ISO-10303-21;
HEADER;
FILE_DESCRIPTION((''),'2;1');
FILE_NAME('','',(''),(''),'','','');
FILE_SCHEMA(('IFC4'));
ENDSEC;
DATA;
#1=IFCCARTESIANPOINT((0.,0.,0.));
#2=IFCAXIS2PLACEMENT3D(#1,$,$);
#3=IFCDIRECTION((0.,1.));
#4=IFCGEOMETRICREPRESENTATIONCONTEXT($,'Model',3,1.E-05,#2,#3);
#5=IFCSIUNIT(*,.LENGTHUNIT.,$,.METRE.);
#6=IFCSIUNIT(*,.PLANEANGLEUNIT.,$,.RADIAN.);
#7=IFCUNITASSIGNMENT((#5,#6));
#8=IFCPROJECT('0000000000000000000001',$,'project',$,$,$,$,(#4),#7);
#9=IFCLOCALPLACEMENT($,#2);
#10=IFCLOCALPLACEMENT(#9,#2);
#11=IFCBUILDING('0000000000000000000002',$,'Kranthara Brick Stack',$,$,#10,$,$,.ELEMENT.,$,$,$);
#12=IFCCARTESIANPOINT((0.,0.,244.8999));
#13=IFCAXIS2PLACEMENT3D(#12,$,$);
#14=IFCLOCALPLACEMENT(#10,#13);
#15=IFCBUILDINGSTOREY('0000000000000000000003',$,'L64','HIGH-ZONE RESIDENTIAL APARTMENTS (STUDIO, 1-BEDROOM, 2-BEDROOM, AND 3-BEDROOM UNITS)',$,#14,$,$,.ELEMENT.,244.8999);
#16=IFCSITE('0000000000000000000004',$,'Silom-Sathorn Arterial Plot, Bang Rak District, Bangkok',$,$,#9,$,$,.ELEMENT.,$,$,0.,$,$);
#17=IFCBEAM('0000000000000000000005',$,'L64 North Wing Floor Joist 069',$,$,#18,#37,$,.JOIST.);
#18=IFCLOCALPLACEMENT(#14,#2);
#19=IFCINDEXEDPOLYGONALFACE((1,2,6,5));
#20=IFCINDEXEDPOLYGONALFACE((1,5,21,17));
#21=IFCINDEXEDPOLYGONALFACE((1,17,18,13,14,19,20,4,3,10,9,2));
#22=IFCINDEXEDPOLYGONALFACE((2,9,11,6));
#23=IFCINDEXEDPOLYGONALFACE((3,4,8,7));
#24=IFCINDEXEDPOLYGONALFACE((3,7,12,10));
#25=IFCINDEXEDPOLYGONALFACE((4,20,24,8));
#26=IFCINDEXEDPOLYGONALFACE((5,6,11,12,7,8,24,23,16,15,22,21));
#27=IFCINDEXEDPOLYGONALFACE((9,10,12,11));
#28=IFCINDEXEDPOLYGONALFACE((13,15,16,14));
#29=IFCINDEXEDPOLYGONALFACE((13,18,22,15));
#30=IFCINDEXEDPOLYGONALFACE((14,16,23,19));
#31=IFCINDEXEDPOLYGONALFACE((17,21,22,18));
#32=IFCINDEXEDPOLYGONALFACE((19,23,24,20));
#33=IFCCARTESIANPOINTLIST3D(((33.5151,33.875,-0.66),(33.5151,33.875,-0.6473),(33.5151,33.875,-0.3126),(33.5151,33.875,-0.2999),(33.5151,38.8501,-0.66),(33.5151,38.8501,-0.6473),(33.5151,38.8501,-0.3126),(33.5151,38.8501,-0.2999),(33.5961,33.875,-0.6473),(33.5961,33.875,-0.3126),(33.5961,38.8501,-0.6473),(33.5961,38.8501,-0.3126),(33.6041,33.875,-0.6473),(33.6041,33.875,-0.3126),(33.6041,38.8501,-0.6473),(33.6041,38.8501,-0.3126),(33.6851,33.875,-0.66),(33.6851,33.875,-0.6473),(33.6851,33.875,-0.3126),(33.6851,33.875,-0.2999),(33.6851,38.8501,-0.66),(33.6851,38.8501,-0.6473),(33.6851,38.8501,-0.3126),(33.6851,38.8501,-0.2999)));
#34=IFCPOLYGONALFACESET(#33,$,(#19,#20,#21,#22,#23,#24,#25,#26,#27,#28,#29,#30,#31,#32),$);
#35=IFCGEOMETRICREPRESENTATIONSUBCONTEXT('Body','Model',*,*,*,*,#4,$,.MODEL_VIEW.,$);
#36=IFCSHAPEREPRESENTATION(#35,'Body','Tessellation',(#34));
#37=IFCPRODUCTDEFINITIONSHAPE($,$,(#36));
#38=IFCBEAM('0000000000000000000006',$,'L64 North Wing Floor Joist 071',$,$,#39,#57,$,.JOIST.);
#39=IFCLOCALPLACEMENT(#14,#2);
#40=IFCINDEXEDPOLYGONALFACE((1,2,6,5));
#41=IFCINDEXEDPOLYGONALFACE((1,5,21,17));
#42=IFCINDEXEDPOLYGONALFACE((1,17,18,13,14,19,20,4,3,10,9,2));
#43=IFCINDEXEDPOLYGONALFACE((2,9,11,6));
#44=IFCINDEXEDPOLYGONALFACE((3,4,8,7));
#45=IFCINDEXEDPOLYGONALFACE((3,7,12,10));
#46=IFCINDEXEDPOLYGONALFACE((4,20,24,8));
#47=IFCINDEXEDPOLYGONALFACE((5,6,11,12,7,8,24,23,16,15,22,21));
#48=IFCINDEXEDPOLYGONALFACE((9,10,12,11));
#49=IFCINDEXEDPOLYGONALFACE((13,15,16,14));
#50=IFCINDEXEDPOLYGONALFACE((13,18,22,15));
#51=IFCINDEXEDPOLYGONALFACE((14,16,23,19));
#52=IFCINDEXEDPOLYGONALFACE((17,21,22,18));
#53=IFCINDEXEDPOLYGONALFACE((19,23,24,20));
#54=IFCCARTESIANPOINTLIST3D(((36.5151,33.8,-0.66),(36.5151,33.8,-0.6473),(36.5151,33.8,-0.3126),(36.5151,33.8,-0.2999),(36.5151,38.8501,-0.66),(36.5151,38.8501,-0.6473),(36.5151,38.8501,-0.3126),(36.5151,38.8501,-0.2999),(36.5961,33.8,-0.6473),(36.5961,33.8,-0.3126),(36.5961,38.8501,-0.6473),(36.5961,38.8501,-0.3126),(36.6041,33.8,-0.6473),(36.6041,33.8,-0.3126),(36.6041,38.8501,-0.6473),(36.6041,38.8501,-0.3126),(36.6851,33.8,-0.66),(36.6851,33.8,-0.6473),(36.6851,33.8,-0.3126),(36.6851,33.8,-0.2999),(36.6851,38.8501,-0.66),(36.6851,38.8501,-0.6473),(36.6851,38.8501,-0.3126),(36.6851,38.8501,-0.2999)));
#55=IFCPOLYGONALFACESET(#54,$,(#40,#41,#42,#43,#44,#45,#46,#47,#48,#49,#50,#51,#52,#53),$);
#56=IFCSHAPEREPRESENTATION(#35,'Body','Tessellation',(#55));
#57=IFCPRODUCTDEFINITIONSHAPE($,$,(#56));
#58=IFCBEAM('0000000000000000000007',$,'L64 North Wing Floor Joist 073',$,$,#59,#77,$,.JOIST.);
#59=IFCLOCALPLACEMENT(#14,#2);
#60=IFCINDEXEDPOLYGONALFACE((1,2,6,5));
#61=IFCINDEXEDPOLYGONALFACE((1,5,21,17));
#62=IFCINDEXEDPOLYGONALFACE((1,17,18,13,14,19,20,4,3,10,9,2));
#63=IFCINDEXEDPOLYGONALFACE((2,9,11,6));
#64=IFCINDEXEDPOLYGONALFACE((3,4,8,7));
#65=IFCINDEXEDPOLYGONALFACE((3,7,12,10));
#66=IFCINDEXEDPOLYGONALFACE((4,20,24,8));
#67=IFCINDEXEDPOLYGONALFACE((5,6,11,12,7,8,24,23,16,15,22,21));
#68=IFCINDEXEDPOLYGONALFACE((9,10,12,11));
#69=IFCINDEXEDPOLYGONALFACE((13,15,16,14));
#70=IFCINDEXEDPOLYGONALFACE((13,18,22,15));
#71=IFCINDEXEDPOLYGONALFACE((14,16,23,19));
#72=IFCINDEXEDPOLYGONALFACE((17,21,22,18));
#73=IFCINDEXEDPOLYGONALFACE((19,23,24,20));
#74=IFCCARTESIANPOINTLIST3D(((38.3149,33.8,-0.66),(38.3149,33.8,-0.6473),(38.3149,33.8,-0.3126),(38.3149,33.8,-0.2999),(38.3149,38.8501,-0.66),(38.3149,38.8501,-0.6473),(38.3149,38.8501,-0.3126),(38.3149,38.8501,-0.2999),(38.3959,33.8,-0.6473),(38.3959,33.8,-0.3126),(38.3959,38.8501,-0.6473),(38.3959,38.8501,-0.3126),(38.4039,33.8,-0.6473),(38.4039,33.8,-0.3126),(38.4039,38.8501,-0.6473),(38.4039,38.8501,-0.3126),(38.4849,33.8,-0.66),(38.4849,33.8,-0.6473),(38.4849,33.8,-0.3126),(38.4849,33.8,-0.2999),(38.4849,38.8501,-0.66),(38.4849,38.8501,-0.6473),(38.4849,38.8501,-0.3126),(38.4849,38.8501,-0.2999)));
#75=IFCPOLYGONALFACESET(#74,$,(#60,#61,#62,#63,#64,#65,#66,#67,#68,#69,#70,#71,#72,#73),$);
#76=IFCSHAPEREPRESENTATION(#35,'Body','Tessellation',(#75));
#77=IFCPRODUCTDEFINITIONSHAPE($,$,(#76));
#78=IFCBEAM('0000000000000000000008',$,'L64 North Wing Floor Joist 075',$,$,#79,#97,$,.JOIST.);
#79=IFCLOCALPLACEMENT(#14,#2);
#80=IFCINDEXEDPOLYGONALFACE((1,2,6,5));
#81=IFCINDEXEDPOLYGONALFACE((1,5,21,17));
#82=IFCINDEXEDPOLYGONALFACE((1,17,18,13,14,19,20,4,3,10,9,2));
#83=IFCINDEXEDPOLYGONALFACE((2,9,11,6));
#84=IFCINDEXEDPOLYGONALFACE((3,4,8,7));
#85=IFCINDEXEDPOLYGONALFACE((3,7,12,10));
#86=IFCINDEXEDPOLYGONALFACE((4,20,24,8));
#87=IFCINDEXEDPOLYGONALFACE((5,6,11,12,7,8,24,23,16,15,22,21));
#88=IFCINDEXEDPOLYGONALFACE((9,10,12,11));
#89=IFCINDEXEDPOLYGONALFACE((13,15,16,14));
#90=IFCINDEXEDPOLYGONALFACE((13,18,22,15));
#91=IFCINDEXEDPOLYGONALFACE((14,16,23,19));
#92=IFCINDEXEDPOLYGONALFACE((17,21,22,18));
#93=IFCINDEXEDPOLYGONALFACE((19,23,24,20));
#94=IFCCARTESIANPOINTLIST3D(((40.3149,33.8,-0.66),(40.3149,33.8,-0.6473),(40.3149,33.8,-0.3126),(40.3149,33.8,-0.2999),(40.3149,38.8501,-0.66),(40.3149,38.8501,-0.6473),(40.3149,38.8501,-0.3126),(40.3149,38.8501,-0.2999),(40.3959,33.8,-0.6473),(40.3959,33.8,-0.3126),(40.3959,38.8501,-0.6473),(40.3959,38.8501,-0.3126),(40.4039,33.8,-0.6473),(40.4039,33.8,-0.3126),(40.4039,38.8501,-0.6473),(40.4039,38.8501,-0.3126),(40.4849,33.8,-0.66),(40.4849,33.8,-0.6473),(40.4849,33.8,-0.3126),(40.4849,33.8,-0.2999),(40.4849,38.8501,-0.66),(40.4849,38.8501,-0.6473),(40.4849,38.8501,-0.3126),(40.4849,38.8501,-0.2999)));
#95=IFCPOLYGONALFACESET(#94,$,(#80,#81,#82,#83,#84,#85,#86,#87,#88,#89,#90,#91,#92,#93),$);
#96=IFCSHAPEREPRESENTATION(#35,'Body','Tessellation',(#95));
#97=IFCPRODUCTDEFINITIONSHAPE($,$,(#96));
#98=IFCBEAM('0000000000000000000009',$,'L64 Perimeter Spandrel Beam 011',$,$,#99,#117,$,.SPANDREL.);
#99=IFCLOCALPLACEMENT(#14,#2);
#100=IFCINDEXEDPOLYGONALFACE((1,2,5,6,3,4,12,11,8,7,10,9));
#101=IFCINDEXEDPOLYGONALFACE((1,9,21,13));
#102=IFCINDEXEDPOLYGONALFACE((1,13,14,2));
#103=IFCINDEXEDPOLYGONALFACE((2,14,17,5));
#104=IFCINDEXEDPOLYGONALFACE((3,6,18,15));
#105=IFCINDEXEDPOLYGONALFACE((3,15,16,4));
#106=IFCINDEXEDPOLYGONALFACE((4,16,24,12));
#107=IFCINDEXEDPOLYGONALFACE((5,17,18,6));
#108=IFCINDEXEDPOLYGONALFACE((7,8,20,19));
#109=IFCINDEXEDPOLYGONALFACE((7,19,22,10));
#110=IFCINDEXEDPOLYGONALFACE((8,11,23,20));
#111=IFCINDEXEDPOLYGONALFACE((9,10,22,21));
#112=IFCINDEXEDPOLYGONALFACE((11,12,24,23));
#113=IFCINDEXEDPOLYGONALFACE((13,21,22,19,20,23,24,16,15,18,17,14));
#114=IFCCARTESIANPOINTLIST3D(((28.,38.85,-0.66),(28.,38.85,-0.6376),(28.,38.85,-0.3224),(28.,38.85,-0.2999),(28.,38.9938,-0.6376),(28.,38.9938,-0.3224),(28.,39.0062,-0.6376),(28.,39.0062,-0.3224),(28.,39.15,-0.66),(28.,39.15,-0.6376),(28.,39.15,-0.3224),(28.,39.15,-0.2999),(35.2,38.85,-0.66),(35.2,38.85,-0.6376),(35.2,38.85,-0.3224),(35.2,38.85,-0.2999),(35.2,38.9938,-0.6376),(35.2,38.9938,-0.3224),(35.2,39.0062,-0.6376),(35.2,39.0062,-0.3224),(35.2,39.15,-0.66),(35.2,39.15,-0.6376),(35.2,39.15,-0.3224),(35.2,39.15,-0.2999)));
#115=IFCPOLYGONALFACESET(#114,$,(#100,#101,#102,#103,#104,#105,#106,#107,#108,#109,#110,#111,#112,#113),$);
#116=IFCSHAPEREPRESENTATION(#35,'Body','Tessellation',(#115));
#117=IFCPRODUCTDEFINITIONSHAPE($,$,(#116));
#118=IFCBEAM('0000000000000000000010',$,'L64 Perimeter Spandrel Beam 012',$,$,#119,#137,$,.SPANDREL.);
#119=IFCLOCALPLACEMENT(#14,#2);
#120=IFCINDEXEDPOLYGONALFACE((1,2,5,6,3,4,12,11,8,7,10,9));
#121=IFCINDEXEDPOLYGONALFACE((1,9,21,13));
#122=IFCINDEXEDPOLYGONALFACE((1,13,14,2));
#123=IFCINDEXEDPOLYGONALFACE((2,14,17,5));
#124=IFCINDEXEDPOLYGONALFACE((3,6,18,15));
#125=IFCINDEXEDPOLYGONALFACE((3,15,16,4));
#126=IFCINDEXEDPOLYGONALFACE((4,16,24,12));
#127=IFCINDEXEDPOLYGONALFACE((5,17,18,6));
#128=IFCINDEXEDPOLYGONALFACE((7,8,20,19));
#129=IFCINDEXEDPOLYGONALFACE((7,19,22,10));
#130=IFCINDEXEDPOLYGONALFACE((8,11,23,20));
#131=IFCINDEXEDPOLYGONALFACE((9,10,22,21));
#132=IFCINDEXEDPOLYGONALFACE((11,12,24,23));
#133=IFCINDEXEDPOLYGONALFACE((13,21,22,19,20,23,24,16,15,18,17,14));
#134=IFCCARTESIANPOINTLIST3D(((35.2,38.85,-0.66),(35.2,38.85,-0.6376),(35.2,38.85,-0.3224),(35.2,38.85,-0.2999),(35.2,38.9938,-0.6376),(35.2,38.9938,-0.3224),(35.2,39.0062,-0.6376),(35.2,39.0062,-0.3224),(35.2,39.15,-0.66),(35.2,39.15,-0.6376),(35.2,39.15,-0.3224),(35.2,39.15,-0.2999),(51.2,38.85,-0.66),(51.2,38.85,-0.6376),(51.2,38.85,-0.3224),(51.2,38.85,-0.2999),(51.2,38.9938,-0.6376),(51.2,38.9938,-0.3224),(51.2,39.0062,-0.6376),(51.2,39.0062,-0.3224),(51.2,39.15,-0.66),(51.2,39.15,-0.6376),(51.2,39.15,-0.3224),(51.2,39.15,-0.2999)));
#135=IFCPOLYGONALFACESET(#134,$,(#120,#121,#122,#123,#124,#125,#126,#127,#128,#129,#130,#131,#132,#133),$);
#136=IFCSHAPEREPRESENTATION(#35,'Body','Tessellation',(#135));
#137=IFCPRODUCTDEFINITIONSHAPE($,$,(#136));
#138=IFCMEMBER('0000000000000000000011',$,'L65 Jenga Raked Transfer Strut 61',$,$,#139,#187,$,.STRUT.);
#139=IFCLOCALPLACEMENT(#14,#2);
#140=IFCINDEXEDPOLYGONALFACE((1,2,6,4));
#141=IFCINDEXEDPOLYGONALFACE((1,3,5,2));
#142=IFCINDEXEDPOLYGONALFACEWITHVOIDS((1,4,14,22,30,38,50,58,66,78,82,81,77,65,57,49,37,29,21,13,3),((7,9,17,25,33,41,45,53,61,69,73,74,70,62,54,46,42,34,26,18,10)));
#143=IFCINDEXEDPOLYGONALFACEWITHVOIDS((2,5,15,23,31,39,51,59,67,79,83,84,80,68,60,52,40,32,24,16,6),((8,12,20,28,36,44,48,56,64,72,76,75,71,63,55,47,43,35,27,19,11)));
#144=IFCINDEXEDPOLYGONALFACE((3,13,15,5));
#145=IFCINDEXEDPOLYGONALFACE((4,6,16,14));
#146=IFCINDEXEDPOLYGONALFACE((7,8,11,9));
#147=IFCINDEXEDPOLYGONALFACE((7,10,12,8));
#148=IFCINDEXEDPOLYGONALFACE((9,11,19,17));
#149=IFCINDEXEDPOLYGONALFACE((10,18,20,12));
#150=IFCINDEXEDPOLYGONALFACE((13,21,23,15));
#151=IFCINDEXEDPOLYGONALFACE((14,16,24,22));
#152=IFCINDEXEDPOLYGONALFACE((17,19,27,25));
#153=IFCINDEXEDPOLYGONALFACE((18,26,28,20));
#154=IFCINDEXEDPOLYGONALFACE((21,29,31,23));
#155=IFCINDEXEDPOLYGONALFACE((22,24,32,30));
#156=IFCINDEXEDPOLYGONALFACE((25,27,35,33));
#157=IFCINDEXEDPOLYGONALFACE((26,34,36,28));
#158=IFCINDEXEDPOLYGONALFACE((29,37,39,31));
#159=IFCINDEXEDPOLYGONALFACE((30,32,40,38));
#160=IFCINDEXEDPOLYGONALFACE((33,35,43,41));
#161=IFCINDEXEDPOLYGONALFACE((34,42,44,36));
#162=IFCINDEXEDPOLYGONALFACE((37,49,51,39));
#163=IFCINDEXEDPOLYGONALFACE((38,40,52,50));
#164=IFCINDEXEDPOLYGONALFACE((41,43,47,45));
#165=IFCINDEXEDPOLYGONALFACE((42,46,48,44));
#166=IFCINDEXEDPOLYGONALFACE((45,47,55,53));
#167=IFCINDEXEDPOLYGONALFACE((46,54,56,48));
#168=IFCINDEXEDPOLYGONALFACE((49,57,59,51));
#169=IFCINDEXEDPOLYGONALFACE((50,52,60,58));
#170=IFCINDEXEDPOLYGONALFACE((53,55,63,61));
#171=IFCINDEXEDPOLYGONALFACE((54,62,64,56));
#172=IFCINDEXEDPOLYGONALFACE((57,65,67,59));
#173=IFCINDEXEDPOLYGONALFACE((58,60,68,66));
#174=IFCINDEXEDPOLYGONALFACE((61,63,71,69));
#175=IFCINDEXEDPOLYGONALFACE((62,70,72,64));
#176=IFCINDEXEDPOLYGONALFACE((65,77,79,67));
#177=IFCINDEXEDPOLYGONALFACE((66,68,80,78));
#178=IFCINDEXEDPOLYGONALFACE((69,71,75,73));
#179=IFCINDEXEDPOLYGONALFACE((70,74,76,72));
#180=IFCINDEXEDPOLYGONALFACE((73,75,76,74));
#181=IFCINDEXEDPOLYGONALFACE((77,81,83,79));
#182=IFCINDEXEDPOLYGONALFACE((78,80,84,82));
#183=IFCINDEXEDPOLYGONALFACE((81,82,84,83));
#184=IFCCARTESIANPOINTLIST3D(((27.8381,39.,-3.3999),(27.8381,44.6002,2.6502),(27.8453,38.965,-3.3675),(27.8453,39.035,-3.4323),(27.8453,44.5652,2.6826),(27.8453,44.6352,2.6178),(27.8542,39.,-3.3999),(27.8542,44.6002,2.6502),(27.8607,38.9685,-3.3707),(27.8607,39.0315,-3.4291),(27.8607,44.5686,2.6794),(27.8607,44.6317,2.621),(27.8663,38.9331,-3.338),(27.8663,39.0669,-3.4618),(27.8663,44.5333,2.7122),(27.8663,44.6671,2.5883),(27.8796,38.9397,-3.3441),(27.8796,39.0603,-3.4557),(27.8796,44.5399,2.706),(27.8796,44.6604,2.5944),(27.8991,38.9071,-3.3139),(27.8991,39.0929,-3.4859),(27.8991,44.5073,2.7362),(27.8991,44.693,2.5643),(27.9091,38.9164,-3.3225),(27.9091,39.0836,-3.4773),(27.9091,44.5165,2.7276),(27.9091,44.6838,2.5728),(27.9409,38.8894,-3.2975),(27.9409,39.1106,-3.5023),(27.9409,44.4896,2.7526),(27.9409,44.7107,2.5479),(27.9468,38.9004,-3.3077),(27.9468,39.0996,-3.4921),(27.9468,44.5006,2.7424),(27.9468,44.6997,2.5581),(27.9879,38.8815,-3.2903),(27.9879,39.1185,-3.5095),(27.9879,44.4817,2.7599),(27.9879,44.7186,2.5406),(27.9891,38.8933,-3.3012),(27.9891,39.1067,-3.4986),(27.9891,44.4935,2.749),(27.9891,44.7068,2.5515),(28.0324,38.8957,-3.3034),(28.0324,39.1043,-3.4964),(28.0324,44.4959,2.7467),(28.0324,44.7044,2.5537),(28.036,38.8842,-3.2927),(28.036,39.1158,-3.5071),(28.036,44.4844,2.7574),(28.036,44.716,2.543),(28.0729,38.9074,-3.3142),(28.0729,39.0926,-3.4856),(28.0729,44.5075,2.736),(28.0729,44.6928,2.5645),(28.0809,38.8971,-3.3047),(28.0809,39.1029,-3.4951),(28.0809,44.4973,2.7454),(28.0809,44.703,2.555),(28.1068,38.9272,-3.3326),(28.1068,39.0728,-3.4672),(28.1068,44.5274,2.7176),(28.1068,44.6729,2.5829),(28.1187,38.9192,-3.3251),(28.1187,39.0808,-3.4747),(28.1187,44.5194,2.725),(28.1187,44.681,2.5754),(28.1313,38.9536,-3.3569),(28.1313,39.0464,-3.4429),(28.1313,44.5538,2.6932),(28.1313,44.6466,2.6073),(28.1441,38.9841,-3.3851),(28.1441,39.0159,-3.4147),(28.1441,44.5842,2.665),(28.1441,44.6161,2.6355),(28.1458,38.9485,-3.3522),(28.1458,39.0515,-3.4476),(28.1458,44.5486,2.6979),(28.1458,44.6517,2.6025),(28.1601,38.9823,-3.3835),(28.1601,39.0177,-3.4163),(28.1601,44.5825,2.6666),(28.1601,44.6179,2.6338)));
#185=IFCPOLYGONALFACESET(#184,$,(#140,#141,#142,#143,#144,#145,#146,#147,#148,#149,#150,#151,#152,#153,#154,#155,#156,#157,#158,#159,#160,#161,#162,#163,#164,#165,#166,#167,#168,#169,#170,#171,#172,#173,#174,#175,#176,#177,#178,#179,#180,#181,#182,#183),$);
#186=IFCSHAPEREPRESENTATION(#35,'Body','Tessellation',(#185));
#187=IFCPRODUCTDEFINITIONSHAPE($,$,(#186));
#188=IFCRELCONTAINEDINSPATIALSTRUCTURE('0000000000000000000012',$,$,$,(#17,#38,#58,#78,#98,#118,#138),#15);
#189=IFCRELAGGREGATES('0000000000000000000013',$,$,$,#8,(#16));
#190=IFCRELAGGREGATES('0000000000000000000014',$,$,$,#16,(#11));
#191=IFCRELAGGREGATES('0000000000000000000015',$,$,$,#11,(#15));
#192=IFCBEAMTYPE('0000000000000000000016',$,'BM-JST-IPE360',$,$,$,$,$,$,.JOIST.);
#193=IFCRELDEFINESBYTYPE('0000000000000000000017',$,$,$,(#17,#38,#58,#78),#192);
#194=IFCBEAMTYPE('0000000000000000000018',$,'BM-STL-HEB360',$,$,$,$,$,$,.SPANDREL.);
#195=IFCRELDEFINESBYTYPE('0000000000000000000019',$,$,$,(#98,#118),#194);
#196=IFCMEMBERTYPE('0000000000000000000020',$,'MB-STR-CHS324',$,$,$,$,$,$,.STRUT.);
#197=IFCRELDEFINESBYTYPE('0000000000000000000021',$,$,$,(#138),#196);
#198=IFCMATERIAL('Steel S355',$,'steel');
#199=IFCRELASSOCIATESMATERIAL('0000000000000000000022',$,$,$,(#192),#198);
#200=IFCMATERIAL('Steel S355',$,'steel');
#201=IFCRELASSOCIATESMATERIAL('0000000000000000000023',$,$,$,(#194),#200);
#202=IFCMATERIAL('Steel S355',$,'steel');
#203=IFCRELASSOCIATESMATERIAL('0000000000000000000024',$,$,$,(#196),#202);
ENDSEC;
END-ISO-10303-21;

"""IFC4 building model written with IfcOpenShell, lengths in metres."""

from ifc_helpers import new_model, si_unit, direction, frame, origin, origin_2d, place, context, subcontext, project, spatial, hollow_circle, i_section, extrude, material, material_profile, profile_set, type_object, element, save


model = new_model("IFC4")

# Units and contexts
model_context = context("Model", 3, precision=1e-05, world=origin(), true_north=direction((0.0, 1.0)))
body_context = subcontext(model_context, "Body", "Model", "MODEL_VIEW")
ifc_project = project(units=[si_unit("LENGTHUNIT", "METRE"), si_unit("PLANEANGLEUNIT", "RADIAN")], contexts=[model_context])

# Site, building, storey
site_placement = place(None, origin())
site = spatial("IfcSite", under=ifc_project, at=site_placement, Name="Silom-Sathorn Arterial Plot, Bang Rak District, Bangkok", CompositionType="ELEMENT", RefElevation=0.0)
building_placement = place(site_placement, origin())
building = spatial("IfcBuilding", under=site, at=building_placement, Name="Kranthara Brick Stack", CompositionType="ELEMENT")
storey_placement = place(building_placement, frame((0.0, 0.0, 244.8999)))
storey = spatial("IfcBuildingStorey", under=building, at=storey_placement, Name="L64", Description="HIGH-ZONE RESIDENTIAL APARTMENTS (STUDIO, 1-BEDROOM, 2-BEDROOM, AND 3-BEDROOM UNITS)", CompositionType="ELEMENT", Elevation=244.8999)

# Beams
ifc_material_1 = material(Name="Steel S355", Category="steel")
ifc_material_profile_1 = material_profile(ifc_material_1, i_section(OverallWidth=0.1699, OverallDepth=0.3601, WebThickness=0.0081, FlangeThickness=0.0127, at=origin_2d()), Name="IPE 360")
ifc_profile_set_1 = profile_set([ifc_material_profile_1], Name="Steel S355")
beam_type_1 = type_object("IfcBeamType", Name="BM-JST-IPE360", PredefinedType="JOIST", material=ifc_profile_set_1)
for number, where, z_axis, x_axis, name in (
    (1, (33.6001, 33.875, -0.48), (0.0, 1.0, 0.0), (-1.0, 0.0, 0.0), "L64 North Wing Floor Joist 069"),
):
    element("IfcBeam", number, at=place(storey_placement, frame(where, z_axis=z_axis, x_axis=x_axis)), inside=storey, type_object=beam_type_1, Name=name, PredefinedType="JOIST", context=body_context, shape_type="SweptSolid", body=[
        extrude(i_section(OverallWidth=0.1699, OverallDepth=0.3601, WebThickness=0.0081, FlangeThickness=0.0127, at=origin_2d()), origin(), (0.0, 0.0, 1.0), 4.9751),
    ])
for number, where, z_axis, x_axis, name in (
    (2, (36.6001, 33.8, -0.48), (0.0, 1.0, 0.0), (-1.0, 0.0, 0.0), "L64 North Wing Floor Joist 071"),
    (3, (38.3999, 33.8, -0.48), (0.0, 1.0, 0.0), (-1.0, 0.0, 0.0), "L64 North Wing Floor Joist 073"),
    (4, (40.3999, 33.8, -0.48), (0.0, 1.0, 0.0), (-1.0, 0.0, 0.0), "L64 North Wing Floor Joist 075"),
):
    element("IfcBeam", number, at=place(storey_placement, frame(where, z_axis=z_axis, x_axis=x_axis)), inside=storey, type_object=beam_type_1, Name=name, PredefinedType="JOIST", context=body_context, shape_type="SweptSolid", body=[
        extrude(i_section(OverallWidth=0.1699, OverallDepth=0.3601, WebThickness=0.0081, FlangeThickness=0.0127, at=origin_2d()), origin(), (0.0, 0.0, 1.0), 5.05),
    ])
ifc_material_2 = material(Name="Steel S355", Category="steel")
ifc_material_profile_2 = material_profile(ifc_material_2, i_section(OverallWidth=0.3, OverallDepth=0.3601, WebThickness=0.0125, FlangeThickness=0.0225, at=origin_2d()), Name="HEB 360")
ifc_profile_set_2 = profile_set([ifc_material_profile_2], Name="Steel S355")
beam_type_2 = type_object("IfcBeamType", Name="BM-STL-HEB360", PredefinedType="SPANDREL", material=ifc_profile_set_2)
beam_1_placement = place(storey_placement, frame((28.0, 39.0, -0.48), z_axis=(1.0, 0.0, 0.0), x_axis=(0.0, 1.0, 0.0)))
element("IfcBeam", 5, at=beam_1_placement, inside=storey, type_object=beam_type_2, Name="L64 Perimeter Spandrel Beam 011", PredefinedType="SPANDREL", context=body_context, shape_type="SweptSolid", body=[
    extrude(i_section(OverallWidth=0.3, OverallDepth=0.3601, WebThickness=0.0125, FlangeThickness=0.0225, at=origin_2d()), origin(), (0.0, 0.0, 1.0), 7.2),
])
beam_2_placement = place(storey_placement, frame((35.2, 39.0, -0.48), z_axis=(1.0, 0.0, 0.0), x_axis=(0.0, 1.0, 0.0)))
element("IfcBeam", 6, at=beam_2_placement, inside=storey, type_object=beam_type_2, Name="L64 Perimeter Spandrel Beam 012", PredefinedType="SPANDREL", context=body_context, shape_type="SweptSolid", body=[
    extrude(i_section(OverallWidth=0.3, OverallDepth=0.3601, WebThickness=0.0125, FlangeThickness=0.0225, at=origin_2d()), origin(), (0.0, 0.0, 1.0), 16.0),
])

# Member
ifc_material_3 = material(Name="Steel S355", Category="steel")
ifc_material_profile_3 = material_profile(ifc_material_3, hollow_circle(Radius=0.1619, WallThickness=0.0161, at=origin_2d()), Name="CHS 323.9x16")
ifc_profile_set_3 = profile_set([ifc_material_profile_3], Name="Steel S355")
member_type = type_object("IfcMemberType", Name="MB-STR-CHS324", PredefinedType="STRUT", material=ifc_profile_set_3)
for number, where, z_axis, x_axis, name in (
    (7, (28.0, 39.0, -3.3999), (0.0, 0.679291, 0.733869), (-1.0, 0.0, 0.0), "L65 Jenga Raked Transfer Strut 61"),
):
    element("IfcMember", number, at=place(storey_placement, frame(where, z_axis=z_axis, x_axis=x_axis)), inside=storey, type_object=member_type, Name=name, PredefinedType="STRUT", context=body_context, shape_type="SweptSolid", body=[
        extrude(hollow_circle(Radius=0.1619, WallThickness=0.0161, at=origin_2d()), origin(), (0.0, 0.0, 1.0), 8.2441),
    ])

save(model, "model.ifc")
